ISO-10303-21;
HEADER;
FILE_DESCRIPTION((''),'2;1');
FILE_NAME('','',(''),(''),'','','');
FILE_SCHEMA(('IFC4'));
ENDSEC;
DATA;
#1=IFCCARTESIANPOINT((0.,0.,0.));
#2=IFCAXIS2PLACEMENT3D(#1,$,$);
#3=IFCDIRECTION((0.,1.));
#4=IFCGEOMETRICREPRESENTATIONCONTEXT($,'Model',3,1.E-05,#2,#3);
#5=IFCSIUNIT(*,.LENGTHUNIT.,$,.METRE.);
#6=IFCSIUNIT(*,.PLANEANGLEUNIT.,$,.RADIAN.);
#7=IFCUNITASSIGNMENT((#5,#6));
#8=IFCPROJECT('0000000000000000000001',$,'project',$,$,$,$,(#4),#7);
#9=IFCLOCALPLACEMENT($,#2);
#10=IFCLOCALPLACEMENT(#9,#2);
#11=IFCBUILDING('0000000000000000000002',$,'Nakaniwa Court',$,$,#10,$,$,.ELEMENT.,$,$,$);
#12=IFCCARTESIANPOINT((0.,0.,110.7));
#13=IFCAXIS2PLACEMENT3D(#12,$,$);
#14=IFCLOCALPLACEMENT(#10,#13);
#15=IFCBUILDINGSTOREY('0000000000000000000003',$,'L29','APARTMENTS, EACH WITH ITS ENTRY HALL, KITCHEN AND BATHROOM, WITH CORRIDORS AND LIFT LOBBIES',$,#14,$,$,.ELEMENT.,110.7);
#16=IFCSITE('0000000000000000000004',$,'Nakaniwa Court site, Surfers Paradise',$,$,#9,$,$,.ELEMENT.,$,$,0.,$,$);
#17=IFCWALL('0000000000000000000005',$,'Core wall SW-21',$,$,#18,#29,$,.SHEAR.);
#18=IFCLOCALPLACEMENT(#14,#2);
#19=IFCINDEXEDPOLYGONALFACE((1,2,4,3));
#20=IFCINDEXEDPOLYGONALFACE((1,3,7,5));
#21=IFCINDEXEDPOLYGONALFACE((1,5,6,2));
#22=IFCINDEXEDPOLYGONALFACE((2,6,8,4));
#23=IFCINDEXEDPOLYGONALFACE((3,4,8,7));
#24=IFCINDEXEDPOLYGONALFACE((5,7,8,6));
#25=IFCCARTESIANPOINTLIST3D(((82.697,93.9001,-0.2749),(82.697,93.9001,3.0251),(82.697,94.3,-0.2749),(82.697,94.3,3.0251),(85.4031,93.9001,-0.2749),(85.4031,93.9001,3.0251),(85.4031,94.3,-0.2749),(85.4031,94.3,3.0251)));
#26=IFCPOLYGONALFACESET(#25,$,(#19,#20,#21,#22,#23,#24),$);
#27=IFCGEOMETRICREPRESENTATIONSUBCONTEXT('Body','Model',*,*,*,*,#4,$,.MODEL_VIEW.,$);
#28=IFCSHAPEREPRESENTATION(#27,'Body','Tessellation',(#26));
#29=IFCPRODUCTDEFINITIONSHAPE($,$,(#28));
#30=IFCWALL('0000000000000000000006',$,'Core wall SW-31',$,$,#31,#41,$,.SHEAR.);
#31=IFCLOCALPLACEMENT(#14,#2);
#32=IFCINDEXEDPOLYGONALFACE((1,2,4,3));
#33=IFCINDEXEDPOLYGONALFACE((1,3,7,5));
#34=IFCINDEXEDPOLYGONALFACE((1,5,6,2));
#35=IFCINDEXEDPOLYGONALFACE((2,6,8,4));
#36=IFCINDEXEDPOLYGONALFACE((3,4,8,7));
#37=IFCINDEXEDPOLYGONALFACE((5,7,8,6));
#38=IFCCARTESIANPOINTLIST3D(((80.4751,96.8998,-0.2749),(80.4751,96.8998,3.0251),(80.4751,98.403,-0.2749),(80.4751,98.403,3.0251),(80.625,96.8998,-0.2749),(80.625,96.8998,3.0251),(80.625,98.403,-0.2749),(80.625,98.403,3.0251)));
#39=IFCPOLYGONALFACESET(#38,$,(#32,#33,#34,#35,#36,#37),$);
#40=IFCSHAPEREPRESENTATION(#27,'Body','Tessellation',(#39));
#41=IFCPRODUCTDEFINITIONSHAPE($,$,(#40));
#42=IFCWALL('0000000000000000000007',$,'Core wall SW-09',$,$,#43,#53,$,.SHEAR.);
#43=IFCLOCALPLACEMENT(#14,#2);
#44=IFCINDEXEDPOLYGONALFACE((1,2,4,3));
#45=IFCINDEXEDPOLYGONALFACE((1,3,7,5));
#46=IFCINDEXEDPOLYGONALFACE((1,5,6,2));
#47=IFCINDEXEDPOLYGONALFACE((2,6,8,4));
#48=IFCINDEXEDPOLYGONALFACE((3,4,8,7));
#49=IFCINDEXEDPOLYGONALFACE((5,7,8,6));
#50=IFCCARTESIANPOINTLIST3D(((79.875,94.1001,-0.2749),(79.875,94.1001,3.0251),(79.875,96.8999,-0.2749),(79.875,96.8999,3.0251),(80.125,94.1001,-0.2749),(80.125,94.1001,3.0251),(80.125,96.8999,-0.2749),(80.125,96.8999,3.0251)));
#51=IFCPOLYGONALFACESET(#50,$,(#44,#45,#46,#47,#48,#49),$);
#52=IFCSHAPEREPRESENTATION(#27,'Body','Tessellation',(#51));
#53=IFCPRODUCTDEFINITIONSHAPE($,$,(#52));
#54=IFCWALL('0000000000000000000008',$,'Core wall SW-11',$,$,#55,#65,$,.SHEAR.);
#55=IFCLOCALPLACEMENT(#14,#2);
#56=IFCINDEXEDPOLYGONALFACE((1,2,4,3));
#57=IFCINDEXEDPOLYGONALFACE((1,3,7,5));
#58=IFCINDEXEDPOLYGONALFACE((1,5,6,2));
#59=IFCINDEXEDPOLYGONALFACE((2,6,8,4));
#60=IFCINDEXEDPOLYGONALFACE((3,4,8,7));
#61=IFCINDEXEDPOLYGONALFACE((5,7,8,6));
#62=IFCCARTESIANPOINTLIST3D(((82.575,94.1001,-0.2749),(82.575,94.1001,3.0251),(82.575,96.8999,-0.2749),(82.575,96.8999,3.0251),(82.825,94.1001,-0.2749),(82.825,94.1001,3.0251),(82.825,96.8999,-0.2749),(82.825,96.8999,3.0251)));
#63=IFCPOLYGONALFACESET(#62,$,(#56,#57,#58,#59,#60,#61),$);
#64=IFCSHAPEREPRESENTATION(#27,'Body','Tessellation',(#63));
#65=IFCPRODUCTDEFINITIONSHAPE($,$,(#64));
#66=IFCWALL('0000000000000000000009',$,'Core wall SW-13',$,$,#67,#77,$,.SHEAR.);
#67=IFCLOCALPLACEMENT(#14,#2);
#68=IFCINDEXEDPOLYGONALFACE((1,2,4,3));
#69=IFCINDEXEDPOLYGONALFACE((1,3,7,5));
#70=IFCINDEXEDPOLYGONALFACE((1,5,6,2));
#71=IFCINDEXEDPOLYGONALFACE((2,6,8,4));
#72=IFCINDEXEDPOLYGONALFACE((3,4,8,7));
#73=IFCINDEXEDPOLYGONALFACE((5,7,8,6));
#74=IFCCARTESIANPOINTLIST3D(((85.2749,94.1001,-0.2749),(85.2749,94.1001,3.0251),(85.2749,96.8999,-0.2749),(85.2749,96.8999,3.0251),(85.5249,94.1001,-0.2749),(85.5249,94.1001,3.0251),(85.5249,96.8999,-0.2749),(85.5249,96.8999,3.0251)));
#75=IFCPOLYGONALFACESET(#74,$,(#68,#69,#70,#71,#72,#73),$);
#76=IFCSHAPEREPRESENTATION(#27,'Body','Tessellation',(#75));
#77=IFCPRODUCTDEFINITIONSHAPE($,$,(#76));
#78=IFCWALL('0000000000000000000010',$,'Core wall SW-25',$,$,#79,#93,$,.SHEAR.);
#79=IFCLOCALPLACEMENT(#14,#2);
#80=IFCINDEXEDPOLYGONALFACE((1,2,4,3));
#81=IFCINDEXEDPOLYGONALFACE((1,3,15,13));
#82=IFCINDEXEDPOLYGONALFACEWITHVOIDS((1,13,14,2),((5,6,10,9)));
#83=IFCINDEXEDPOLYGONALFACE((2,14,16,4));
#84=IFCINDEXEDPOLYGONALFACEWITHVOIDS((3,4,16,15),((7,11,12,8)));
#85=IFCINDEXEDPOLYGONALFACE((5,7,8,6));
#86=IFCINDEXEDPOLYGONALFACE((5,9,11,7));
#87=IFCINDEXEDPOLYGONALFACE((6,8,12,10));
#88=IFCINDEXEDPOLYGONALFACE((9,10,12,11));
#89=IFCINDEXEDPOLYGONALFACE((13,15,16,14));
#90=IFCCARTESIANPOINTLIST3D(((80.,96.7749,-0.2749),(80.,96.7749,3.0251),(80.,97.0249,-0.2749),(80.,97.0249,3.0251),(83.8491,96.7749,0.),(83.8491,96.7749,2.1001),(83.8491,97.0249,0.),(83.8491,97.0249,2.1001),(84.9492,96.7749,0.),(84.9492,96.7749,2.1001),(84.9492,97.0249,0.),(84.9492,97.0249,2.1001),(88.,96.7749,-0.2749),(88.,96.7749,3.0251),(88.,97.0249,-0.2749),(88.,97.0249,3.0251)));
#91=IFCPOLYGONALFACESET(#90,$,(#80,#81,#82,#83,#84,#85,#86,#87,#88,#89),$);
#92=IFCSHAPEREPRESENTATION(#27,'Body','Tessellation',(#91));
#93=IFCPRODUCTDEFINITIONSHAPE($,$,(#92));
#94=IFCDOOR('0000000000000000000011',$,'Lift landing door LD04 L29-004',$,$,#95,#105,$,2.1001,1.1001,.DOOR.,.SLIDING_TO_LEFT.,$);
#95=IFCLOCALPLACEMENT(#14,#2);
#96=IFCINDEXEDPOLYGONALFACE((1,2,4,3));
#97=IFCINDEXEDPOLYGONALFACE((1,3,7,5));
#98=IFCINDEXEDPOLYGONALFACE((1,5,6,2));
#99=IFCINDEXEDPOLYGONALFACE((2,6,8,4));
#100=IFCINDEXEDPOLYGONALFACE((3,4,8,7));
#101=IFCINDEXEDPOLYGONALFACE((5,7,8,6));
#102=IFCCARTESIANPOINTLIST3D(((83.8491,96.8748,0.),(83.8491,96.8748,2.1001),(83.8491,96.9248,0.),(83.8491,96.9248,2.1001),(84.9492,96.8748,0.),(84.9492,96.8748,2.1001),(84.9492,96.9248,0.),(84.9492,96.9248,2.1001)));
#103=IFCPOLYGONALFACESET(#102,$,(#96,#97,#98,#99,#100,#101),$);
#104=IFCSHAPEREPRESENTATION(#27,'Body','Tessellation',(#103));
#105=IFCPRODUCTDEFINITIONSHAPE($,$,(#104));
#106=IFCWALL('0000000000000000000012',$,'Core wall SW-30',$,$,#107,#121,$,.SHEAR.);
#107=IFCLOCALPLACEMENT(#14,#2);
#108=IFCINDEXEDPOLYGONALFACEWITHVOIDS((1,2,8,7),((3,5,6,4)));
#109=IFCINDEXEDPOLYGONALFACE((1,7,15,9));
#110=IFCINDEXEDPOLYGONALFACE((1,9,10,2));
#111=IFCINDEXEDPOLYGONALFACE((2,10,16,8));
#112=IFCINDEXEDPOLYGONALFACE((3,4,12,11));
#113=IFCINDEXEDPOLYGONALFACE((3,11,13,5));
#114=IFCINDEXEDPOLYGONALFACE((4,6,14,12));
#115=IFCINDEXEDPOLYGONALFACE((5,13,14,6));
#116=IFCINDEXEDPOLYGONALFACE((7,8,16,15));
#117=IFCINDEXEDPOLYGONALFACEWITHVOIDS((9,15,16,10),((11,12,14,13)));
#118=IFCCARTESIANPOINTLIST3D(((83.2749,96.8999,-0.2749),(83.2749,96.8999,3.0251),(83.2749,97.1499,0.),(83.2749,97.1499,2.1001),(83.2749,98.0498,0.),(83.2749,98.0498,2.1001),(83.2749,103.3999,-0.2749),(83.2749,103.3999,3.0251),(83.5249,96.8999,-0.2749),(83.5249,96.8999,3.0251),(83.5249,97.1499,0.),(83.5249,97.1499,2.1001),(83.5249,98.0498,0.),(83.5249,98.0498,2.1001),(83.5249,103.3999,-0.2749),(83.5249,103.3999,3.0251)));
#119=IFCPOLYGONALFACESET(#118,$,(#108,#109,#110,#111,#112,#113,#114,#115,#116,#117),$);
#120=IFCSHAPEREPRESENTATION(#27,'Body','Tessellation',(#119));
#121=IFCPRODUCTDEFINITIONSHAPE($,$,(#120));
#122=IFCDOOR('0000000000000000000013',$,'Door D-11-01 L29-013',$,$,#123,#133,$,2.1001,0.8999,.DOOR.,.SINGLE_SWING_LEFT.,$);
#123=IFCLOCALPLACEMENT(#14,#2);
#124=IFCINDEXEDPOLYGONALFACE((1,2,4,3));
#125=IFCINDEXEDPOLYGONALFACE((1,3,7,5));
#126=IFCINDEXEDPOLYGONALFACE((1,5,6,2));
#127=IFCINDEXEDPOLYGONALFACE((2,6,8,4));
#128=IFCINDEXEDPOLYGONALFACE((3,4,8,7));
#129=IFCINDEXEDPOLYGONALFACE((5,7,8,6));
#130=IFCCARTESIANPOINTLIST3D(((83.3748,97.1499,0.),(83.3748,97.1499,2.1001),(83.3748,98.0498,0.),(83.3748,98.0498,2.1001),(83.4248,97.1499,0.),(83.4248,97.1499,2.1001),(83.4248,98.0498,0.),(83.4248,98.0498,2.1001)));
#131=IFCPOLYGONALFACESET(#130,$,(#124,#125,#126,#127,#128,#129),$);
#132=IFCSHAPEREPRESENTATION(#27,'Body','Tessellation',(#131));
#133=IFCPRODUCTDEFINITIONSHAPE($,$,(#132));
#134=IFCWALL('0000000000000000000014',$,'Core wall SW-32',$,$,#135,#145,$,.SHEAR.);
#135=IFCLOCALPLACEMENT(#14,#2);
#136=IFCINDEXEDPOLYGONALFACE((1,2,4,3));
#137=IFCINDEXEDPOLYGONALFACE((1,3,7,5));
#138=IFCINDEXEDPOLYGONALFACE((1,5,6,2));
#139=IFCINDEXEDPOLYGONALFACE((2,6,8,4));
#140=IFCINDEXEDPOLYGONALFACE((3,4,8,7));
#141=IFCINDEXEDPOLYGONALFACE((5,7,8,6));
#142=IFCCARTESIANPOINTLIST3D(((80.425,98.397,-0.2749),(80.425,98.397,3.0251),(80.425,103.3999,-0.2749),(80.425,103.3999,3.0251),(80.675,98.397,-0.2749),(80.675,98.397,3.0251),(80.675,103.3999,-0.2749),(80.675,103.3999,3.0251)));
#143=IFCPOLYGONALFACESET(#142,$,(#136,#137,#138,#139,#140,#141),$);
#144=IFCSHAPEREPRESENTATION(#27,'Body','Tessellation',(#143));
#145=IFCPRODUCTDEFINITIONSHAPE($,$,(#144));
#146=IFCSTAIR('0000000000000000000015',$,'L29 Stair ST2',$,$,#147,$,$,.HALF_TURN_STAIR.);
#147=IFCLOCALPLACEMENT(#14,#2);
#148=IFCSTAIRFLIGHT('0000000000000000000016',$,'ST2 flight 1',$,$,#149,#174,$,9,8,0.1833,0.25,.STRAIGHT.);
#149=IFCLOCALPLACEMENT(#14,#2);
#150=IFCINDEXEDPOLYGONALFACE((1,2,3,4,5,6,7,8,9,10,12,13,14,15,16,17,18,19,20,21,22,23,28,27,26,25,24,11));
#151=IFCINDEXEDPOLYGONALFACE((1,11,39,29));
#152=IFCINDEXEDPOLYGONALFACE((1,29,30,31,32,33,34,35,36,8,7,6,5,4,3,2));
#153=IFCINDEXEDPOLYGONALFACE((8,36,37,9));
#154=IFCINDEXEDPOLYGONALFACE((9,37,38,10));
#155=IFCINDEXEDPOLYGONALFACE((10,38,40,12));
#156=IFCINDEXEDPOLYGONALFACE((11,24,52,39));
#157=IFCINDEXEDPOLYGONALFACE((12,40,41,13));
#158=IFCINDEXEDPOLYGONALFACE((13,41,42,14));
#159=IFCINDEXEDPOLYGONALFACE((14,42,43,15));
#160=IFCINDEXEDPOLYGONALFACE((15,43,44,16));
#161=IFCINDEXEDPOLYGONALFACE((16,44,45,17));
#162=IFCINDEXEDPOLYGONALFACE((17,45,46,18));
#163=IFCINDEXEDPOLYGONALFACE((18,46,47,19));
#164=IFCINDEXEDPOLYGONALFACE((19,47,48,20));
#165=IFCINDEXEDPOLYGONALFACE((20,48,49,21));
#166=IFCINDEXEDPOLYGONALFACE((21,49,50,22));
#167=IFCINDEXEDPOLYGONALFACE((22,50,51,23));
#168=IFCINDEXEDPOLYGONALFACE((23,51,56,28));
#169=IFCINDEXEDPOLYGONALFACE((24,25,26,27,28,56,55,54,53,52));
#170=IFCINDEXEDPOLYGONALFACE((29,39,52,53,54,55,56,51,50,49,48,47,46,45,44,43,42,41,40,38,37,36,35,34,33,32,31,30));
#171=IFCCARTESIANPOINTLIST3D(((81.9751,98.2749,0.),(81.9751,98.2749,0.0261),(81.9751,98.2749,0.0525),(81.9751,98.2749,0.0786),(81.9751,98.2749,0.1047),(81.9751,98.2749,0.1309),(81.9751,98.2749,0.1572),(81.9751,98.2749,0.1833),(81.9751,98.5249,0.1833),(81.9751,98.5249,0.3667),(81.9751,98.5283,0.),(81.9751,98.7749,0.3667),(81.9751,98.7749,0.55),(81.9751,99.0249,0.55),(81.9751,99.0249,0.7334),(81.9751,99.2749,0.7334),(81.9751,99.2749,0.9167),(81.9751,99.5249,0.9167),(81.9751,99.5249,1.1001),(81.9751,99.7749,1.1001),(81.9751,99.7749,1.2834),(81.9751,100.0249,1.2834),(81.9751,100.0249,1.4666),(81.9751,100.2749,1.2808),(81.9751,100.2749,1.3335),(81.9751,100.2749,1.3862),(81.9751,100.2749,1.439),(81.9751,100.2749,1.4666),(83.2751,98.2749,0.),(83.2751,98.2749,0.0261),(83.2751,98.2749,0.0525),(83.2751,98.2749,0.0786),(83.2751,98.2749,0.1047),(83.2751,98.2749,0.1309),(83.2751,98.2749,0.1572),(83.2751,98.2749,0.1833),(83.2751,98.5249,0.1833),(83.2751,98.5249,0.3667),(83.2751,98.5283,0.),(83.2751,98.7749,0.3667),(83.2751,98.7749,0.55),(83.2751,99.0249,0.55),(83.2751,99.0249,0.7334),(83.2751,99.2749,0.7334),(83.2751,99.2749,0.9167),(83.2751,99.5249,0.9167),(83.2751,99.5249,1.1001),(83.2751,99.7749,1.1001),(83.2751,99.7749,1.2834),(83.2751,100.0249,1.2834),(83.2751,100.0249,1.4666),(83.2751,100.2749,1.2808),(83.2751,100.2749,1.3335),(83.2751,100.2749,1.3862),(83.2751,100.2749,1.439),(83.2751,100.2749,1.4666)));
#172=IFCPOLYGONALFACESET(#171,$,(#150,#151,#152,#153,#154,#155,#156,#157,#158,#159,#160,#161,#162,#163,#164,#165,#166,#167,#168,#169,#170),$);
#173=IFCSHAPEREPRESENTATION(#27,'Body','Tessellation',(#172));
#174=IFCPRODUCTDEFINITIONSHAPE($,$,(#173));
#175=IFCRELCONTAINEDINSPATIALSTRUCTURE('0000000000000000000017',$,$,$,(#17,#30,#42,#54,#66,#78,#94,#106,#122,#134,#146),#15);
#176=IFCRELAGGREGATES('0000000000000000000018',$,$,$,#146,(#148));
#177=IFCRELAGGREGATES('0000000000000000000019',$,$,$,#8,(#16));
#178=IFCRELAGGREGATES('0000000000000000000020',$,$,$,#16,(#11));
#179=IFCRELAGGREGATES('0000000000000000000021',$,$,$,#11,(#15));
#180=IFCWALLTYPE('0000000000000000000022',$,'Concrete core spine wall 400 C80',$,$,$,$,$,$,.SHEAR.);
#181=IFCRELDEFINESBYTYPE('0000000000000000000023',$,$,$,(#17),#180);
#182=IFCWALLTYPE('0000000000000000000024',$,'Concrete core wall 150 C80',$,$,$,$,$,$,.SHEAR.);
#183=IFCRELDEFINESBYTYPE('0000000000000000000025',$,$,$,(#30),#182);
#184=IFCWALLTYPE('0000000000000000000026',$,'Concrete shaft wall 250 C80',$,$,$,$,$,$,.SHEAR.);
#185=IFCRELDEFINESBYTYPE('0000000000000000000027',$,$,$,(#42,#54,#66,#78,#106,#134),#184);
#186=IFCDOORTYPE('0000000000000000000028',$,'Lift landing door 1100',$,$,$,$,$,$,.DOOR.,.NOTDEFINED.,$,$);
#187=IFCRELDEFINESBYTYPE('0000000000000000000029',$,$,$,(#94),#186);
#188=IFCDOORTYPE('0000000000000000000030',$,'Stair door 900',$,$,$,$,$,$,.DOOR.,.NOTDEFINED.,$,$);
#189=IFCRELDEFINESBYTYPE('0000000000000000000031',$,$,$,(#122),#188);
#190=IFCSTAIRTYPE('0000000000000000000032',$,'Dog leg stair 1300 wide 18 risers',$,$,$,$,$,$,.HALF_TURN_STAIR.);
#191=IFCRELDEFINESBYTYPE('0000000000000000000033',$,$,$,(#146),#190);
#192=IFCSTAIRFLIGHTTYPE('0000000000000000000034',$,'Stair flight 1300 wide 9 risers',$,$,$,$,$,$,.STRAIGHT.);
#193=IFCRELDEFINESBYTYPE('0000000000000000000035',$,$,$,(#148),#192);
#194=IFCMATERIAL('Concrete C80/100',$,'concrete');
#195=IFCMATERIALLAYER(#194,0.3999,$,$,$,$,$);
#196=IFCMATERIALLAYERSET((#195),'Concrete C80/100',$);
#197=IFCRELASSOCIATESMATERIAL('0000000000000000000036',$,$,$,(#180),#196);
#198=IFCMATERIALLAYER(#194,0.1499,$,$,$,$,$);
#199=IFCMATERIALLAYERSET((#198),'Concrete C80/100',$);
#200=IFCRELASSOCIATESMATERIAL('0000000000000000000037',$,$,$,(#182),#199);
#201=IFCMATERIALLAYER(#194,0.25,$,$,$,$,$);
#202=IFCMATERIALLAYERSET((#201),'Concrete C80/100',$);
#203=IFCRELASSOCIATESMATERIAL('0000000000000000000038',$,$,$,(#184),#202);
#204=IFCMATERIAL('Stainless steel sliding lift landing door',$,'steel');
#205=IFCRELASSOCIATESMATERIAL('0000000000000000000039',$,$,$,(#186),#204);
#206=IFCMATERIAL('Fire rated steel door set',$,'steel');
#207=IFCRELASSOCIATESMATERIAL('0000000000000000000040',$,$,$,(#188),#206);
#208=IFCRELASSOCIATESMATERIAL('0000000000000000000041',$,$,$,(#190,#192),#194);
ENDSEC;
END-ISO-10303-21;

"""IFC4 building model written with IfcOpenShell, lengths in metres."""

from ifc_helpers import new_model, si_unit, direction, frame, frame_2d, origin, place, context, subcontext, project, spatial, polyline, rectangle, outline, extrude, material, layer, layer_set, type_object, element, fill, aggregate, save


model = new_model("IFC4")

# Units and contexts
model_context = context("Model", 3, precision=1e-05, world=origin(), true_north=direction((0.0, 1.0)))
body_context = subcontext(model_context, "Body", "Model", "MODEL_VIEW")
ifc_project = project(units=[si_unit("LENGTHUNIT", "METRE"), si_unit("PLANEANGLEUNIT", "RADIAN")], contexts=[model_context])

# Site, building, storey
site_placement = place(None, origin())
site = spatial("IfcSite", under=ifc_project, at=site_placement, Name="Nakaniwa Court site, Surfers Paradise", CompositionType="ELEMENT", RefElevation=0.0)
building_placement = place(site_placement, origin())
building = spatial("IfcBuilding", under=site, at=building_placement, Name="Nakaniwa Court", CompositionType="ELEMENT")
storey_placement = place(building_placement, frame((0.0, 0.0, 110.7)))
storey = spatial("IfcBuildingStorey", under=building, at=storey_placement, Name="L29", Description="APARTMENTS, EACH WITH ITS ENTRY HALL, KITCHEN AND BATHROOM, WITH CORRIDORS AND LIFT LOBBIES", CompositionType="ELEMENT", Elevation=110.7)

# Shared definitions
ifc_material_1 = material(Name="Concrete C80/100", Category="concrete")

# Shared definitions
ifc_material_2 = material(Name="Fire rated steel door set", Category="steel")

# Walls
ifc_layer_1 = layer(ifc_material_1, 0.3999)
ifc_layer_set_1 = layer_set([ifc_layer_1], Name="Concrete C80/100")
wall_type_1 = type_object("IfcWallType", Name="Concrete core spine wall 400 C80", PredefinedType="SHEAR", material=ifc_layer_set_1)
wall_1_placement = place(storey_placement, frame((82.697, 94.1001, -0.2749), z_axis=(0.0, 0.0, 1.0), x_axis=(1.0, 0.0, 0.0)))
element("IfcWall", 1, at=wall_1_placement, inside=storey, type_object=wall_type_1, Name="Core wall SW-21", PredefinedType="SHEAR", context=body_context, shape_type="SweptSolid", body=[
    extrude(rectangle(XDim=2.7061, YDim=0.3999, at=frame_2d((1.353, 0.0))), origin(), (0.0, 0.0, 1.0), 3.3),
])
ifc_layer_2 = layer(ifc_material_1, 0.1499)
ifc_layer_set_2 = layer_set([ifc_layer_2], Name="Concrete C80/100")
wall_type_2 = type_object("IfcWallType", Name="Concrete core wall 150 C80", PredefinedType="SHEAR", material=ifc_layer_set_2)
wall_2_placement = place(storey_placement, frame((80.55, 96.8999, -0.2749), z_axis=(0.0, 0.0, 1.0), x_axis=(0.0, 1.0, 0.0)))
element("IfcWall", 2, at=wall_2_placement, inside=storey, type_object=wall_type_2, Name="Core wall SW-31", PredefinedType="SHEAR", context=body_context, shape_type="SweptSolid", body=[
    extrude(rectangle(XDim=1.5032, YDim=0.1499, at=frame_2d((0.7515, 0.0))), origin(), (0.0, 0.0, 1.0), 3.3),
])
ifc_layer_3 = layer(ifc_material_1, 0.25)
ifc_layer_set_3 = layer_set([ifc_layer_3], Name="Concrete C80/100")
wall_type_3 = type_object("IfcWallType", Name="Concrete shaft wall 250 C80", PredefinedType="SHEAR", material=ifc_layer_set_3)
for number, where, z_axis, x_axis, name in (
    (3, (80.0, 94.1001, -0.2749), (0.0, 0.0, 1.0), (0.0, 1.0, 0.0), "Core wall SW-09"),
    (4, (82.7, 94.1001, -0.2749), (0.0, 0.0, 1.0), (0.0, 1.0, 0.0), "Core wall SW-11"),
    (5, (85.3999, 94.1001, -0.2749), (0.0, 0.0, 1.0), (0.0, 1.0, 0.0), "Core wall SW-13"),
):
    element("IfcWall", number, at=place(storey_placement, frame(where, z_axis=z_axis, x_axis=x_axis)), inside=storey, type_object=wall_type_3, Name=name, PredefinedType="SHEAR", context=body_context, shape_type="SweptSolid", body=[
        extrude(rectangle(XDim=2.7998, YDim=0.25, at=frame_2d((1.3999, 0.0))), origin(), (0.0, 0.0, 1.0), 3.3),
    ])

# Walls, openings, doors
wall_3_placement = place(storey_placement, frame((80.0, 96.8999, -0.2749), z_axis=(0.0, 0.0, 1.0), x_axis=(1.0, 0.0, 0.0)))
wall_3 = element("IfcWall", 6, at=wall_3_placement, inside=storey, type_object=wall_type_3, Name="Core wall SW-25", PredefinedType="SHEAR", context=body_context, shape_type="SweptSolid", body=[
    extrude(rectangle(XDim=8.0, YDim=0.25, at=frame_2d((4.0, 0.0))), origin(), (0.0, 0.0, 1.0), 3.3),
])
opening_1_placement = place(wall_3_placement, frame((3.8491, 0.0, 0.2749)))
opening_1 = element("IfcOpeningElement", 7, at=opening_1_placement, cuts=wall_3, PredefinedType="OPENING", context=body_context, shape_type="SweptSolid", body=[
    extrude(rectangle(XDim=1.1001, YDim=2.1001, at=frame_2d((0.55, 1.05))), frame((0.0, 0.135, 0.0), z_axis=(0.0, -1.0, 0.0), x_axis=(1.0, 0.0, 0.0)), (0.0, 0.0, 1.0), 0.27),
])
ifc_material_3 = material(Name="Stainless steel sliding lift landing door", Category="steel")
door_type_1 = type_object("IfcDoorType", Name="Lift landing door 1100", OperationType="NOTDEFINED", PredefinedType="DOOR", material=ifc_material_3)
door_1_placement = place(opening_1_placement, origin())
door_1 = element("IfcDoor", 8, at=door_1_placement, inside=storey, type_object=door_type_1, Name="Lift landing door LD04 L29-004", OperationType="SLIDING_TO_LEFT", OverallHeight=2.1001, OverallWidth=1.1001, PredefinedType="DOOR", context=body_context, shape_type="SweptSolid", body=[
    extrude(rectangle(XDim=1.1001, YDim=2.1001, at=frame_2d((0.55, 1.05))), frame((0.0, 0.0249, 0.0), z_axis=(0.0, -1.0, 0.0), x_axis=(1.0, 0.0, 0.0)), (0.0, 0.0, 1.0), 0.05),
])
fill(opening_1, door_1)
wall_4_placement = place(storey_placement, frame((83.3999, 103.3999, -0.2749), z_axis=(0.0, 0.0, 1.0), x_axis=(0.0, -1.0, 0.0)))
wall_4 = element("IfcWall", 9, at=wall_4_placement, inside=storey, type_object=wall_type_3, Name="Core wall SW-30", PredefinedType="SHEAR", context=body_context, shape_type="SweptSolid", body=[
    extrude(rectangle(XDim=6.5, YDim=0.25, at=frame_2d((3.25, 0.0))), origin(), (0.0, 0.0, 1.0), 3.3),
])
opening_2_placement = place(wall_4_placement, frame((5.3501, 0.0, 0.2749)))
opening_2 = element("IfcOpeningElement", 10, at=opening_2_placement, cuts=wall_4, PredefinedType="OPENING", context=body_context, shape_type="SweptSolid", body=[
    extrude(rectangle(XDim=0.8999, YDim=2.1001, at=frame_2d((0.45, 1.05))), frame((0.0, 0.135, 0.0), z_axis=(0.0, -1.0, 0.0), x_axis=(1.0, 0.0, 0.0)), (0.0, 0.0, 1.0), 0.27),
])
door_type_2 = type_object("IfcDoorType", Name="Stair door 900", OperationType="NOTDEFINED", PredefinedType="DOOR", material=ifc_material_2)
door_2_placement = place(opening_2_placement, origin())
door_2 = element("IfcDoor", 11, at=door_2_placement, inside=storey, type_object=door_type_2, Name="Door D-11-01 L29-013", OperationType="SINGLE_SWING_LEFT", OverallHeight=2.1001, OverallWidth=0.8999, PredefinedType="DOOR", context=body_context, shape_type="SweptSolid", body=[
    extrude(rectangle(XDim=0.8999, YDim=2.1001, at=frame_2d((0.45, 1.05))), frame((0.0, 0.0249, 0.0), z_axis=(0.0, -1.0, 0.0), x_axis=(1.0, 0.0, 0.0)), (0.0, 0.0, 1.0), 0.05),
])
fill(opening_2, door_2)

# Wall
wall_5_placement = place(storey_placement, frame((80.55, 98.397, -0.2749), z_axis=(0.0, 0.0, 1.0), x_axis=(0.0, 1.0, 0.0)))
element("IfcWall", 12, at=wall_5_placement, inside=storey, type_object=wall_type_3, Name="Core wall SW-32", PredefinedType="SHEAR", context=body_context, shape_type="SweptSolid", body=[
    extrude(rectangle(XDim=5.0029, YDim=0.25, at=frame_2d((2.5015, 0.0))), origin(), (0.0, 0.0, 1.0), 3.3),
])

# Stair, stair flight
stair_type = type_object("IfcStairType", Name="Dog leg stair 1300 wide 18 risers", PredefinedType="HALF_TURN_STAIR", material=ifc_material_1)
stair_placement = place(storey_placement, origin())
stair = element("IfcStair", 13, at=stair_placement, inside=storey, type_object=stair_type, Name="L29 Stair ST2", PredefinedType="HALF_TURN_STAIR")
stair_flight_type = type_object("IfcStairFlightType", Name="Stair flight 1300 wide 9 risers", PredefinedType="STRAIGHT", material=ifc_material_1)
stair_flight_1_placement = place(storey_placement, frame((82.625, 98.2749, 0.0), z_axis=(0.0, 0.0, 1.0), x_axis=(0.0, 1.0, 0.0)))
stair_flight_1 = element("IfcStairFlight", 14, at=stair_flight_1_placement, type_object=stair_flight_type, Name="ST2 flight 1", NumberOfRisers=9, NumberOfTreads=8, PredefinedType="STRAIGHT", RiserHeight=0.1833, TreadLength=0.25, context=body_context, shape_type="SweptSolid", body=[
    extrude(outline(polyline([(0.0, 0.0), (0.0, 0.0261), (0.0, 0.0525), (0.0, 0.0786), (0.0, 0.1047), (0.0, 0.1309), (0.0, 0.1572), (0.0, 0.1833), (0.25, 0.1833), (0.25, 0.3667), (0.5, 0.3667), (0.5, 0.55), (0.75, 0.55), (0.75, 0.7334), (1.0, 0.7334), (1.0, 0.9167), (1.25, 0.9167), (1.25, 1.1001), (1.5, 1.1001), (1.5, 1.2834), (1.75, 1.2834), (1.75, 1.4666), (2.0, 1.4666), (2.0, 1.6499), (2.0, 1.5972), (2.0, 1.5444), (2.0, 1.4917), (2.0, 1.439), (2.0, 1.3862), (2.0, 1.3335), (2.0, 1.2808), (0.2534, 0.0), (0.0, 0.0)])), frame((0.0, 0.6499, 0.0), z_axis=(0.0, -1.0, 0.0), x_axis=(1.0, 0.0, 0.0)), (0.0, 0.0, 1.0), 1.3),
])
aggregate(stair, [stair_flight_1])

save(model, "model.ifc")
